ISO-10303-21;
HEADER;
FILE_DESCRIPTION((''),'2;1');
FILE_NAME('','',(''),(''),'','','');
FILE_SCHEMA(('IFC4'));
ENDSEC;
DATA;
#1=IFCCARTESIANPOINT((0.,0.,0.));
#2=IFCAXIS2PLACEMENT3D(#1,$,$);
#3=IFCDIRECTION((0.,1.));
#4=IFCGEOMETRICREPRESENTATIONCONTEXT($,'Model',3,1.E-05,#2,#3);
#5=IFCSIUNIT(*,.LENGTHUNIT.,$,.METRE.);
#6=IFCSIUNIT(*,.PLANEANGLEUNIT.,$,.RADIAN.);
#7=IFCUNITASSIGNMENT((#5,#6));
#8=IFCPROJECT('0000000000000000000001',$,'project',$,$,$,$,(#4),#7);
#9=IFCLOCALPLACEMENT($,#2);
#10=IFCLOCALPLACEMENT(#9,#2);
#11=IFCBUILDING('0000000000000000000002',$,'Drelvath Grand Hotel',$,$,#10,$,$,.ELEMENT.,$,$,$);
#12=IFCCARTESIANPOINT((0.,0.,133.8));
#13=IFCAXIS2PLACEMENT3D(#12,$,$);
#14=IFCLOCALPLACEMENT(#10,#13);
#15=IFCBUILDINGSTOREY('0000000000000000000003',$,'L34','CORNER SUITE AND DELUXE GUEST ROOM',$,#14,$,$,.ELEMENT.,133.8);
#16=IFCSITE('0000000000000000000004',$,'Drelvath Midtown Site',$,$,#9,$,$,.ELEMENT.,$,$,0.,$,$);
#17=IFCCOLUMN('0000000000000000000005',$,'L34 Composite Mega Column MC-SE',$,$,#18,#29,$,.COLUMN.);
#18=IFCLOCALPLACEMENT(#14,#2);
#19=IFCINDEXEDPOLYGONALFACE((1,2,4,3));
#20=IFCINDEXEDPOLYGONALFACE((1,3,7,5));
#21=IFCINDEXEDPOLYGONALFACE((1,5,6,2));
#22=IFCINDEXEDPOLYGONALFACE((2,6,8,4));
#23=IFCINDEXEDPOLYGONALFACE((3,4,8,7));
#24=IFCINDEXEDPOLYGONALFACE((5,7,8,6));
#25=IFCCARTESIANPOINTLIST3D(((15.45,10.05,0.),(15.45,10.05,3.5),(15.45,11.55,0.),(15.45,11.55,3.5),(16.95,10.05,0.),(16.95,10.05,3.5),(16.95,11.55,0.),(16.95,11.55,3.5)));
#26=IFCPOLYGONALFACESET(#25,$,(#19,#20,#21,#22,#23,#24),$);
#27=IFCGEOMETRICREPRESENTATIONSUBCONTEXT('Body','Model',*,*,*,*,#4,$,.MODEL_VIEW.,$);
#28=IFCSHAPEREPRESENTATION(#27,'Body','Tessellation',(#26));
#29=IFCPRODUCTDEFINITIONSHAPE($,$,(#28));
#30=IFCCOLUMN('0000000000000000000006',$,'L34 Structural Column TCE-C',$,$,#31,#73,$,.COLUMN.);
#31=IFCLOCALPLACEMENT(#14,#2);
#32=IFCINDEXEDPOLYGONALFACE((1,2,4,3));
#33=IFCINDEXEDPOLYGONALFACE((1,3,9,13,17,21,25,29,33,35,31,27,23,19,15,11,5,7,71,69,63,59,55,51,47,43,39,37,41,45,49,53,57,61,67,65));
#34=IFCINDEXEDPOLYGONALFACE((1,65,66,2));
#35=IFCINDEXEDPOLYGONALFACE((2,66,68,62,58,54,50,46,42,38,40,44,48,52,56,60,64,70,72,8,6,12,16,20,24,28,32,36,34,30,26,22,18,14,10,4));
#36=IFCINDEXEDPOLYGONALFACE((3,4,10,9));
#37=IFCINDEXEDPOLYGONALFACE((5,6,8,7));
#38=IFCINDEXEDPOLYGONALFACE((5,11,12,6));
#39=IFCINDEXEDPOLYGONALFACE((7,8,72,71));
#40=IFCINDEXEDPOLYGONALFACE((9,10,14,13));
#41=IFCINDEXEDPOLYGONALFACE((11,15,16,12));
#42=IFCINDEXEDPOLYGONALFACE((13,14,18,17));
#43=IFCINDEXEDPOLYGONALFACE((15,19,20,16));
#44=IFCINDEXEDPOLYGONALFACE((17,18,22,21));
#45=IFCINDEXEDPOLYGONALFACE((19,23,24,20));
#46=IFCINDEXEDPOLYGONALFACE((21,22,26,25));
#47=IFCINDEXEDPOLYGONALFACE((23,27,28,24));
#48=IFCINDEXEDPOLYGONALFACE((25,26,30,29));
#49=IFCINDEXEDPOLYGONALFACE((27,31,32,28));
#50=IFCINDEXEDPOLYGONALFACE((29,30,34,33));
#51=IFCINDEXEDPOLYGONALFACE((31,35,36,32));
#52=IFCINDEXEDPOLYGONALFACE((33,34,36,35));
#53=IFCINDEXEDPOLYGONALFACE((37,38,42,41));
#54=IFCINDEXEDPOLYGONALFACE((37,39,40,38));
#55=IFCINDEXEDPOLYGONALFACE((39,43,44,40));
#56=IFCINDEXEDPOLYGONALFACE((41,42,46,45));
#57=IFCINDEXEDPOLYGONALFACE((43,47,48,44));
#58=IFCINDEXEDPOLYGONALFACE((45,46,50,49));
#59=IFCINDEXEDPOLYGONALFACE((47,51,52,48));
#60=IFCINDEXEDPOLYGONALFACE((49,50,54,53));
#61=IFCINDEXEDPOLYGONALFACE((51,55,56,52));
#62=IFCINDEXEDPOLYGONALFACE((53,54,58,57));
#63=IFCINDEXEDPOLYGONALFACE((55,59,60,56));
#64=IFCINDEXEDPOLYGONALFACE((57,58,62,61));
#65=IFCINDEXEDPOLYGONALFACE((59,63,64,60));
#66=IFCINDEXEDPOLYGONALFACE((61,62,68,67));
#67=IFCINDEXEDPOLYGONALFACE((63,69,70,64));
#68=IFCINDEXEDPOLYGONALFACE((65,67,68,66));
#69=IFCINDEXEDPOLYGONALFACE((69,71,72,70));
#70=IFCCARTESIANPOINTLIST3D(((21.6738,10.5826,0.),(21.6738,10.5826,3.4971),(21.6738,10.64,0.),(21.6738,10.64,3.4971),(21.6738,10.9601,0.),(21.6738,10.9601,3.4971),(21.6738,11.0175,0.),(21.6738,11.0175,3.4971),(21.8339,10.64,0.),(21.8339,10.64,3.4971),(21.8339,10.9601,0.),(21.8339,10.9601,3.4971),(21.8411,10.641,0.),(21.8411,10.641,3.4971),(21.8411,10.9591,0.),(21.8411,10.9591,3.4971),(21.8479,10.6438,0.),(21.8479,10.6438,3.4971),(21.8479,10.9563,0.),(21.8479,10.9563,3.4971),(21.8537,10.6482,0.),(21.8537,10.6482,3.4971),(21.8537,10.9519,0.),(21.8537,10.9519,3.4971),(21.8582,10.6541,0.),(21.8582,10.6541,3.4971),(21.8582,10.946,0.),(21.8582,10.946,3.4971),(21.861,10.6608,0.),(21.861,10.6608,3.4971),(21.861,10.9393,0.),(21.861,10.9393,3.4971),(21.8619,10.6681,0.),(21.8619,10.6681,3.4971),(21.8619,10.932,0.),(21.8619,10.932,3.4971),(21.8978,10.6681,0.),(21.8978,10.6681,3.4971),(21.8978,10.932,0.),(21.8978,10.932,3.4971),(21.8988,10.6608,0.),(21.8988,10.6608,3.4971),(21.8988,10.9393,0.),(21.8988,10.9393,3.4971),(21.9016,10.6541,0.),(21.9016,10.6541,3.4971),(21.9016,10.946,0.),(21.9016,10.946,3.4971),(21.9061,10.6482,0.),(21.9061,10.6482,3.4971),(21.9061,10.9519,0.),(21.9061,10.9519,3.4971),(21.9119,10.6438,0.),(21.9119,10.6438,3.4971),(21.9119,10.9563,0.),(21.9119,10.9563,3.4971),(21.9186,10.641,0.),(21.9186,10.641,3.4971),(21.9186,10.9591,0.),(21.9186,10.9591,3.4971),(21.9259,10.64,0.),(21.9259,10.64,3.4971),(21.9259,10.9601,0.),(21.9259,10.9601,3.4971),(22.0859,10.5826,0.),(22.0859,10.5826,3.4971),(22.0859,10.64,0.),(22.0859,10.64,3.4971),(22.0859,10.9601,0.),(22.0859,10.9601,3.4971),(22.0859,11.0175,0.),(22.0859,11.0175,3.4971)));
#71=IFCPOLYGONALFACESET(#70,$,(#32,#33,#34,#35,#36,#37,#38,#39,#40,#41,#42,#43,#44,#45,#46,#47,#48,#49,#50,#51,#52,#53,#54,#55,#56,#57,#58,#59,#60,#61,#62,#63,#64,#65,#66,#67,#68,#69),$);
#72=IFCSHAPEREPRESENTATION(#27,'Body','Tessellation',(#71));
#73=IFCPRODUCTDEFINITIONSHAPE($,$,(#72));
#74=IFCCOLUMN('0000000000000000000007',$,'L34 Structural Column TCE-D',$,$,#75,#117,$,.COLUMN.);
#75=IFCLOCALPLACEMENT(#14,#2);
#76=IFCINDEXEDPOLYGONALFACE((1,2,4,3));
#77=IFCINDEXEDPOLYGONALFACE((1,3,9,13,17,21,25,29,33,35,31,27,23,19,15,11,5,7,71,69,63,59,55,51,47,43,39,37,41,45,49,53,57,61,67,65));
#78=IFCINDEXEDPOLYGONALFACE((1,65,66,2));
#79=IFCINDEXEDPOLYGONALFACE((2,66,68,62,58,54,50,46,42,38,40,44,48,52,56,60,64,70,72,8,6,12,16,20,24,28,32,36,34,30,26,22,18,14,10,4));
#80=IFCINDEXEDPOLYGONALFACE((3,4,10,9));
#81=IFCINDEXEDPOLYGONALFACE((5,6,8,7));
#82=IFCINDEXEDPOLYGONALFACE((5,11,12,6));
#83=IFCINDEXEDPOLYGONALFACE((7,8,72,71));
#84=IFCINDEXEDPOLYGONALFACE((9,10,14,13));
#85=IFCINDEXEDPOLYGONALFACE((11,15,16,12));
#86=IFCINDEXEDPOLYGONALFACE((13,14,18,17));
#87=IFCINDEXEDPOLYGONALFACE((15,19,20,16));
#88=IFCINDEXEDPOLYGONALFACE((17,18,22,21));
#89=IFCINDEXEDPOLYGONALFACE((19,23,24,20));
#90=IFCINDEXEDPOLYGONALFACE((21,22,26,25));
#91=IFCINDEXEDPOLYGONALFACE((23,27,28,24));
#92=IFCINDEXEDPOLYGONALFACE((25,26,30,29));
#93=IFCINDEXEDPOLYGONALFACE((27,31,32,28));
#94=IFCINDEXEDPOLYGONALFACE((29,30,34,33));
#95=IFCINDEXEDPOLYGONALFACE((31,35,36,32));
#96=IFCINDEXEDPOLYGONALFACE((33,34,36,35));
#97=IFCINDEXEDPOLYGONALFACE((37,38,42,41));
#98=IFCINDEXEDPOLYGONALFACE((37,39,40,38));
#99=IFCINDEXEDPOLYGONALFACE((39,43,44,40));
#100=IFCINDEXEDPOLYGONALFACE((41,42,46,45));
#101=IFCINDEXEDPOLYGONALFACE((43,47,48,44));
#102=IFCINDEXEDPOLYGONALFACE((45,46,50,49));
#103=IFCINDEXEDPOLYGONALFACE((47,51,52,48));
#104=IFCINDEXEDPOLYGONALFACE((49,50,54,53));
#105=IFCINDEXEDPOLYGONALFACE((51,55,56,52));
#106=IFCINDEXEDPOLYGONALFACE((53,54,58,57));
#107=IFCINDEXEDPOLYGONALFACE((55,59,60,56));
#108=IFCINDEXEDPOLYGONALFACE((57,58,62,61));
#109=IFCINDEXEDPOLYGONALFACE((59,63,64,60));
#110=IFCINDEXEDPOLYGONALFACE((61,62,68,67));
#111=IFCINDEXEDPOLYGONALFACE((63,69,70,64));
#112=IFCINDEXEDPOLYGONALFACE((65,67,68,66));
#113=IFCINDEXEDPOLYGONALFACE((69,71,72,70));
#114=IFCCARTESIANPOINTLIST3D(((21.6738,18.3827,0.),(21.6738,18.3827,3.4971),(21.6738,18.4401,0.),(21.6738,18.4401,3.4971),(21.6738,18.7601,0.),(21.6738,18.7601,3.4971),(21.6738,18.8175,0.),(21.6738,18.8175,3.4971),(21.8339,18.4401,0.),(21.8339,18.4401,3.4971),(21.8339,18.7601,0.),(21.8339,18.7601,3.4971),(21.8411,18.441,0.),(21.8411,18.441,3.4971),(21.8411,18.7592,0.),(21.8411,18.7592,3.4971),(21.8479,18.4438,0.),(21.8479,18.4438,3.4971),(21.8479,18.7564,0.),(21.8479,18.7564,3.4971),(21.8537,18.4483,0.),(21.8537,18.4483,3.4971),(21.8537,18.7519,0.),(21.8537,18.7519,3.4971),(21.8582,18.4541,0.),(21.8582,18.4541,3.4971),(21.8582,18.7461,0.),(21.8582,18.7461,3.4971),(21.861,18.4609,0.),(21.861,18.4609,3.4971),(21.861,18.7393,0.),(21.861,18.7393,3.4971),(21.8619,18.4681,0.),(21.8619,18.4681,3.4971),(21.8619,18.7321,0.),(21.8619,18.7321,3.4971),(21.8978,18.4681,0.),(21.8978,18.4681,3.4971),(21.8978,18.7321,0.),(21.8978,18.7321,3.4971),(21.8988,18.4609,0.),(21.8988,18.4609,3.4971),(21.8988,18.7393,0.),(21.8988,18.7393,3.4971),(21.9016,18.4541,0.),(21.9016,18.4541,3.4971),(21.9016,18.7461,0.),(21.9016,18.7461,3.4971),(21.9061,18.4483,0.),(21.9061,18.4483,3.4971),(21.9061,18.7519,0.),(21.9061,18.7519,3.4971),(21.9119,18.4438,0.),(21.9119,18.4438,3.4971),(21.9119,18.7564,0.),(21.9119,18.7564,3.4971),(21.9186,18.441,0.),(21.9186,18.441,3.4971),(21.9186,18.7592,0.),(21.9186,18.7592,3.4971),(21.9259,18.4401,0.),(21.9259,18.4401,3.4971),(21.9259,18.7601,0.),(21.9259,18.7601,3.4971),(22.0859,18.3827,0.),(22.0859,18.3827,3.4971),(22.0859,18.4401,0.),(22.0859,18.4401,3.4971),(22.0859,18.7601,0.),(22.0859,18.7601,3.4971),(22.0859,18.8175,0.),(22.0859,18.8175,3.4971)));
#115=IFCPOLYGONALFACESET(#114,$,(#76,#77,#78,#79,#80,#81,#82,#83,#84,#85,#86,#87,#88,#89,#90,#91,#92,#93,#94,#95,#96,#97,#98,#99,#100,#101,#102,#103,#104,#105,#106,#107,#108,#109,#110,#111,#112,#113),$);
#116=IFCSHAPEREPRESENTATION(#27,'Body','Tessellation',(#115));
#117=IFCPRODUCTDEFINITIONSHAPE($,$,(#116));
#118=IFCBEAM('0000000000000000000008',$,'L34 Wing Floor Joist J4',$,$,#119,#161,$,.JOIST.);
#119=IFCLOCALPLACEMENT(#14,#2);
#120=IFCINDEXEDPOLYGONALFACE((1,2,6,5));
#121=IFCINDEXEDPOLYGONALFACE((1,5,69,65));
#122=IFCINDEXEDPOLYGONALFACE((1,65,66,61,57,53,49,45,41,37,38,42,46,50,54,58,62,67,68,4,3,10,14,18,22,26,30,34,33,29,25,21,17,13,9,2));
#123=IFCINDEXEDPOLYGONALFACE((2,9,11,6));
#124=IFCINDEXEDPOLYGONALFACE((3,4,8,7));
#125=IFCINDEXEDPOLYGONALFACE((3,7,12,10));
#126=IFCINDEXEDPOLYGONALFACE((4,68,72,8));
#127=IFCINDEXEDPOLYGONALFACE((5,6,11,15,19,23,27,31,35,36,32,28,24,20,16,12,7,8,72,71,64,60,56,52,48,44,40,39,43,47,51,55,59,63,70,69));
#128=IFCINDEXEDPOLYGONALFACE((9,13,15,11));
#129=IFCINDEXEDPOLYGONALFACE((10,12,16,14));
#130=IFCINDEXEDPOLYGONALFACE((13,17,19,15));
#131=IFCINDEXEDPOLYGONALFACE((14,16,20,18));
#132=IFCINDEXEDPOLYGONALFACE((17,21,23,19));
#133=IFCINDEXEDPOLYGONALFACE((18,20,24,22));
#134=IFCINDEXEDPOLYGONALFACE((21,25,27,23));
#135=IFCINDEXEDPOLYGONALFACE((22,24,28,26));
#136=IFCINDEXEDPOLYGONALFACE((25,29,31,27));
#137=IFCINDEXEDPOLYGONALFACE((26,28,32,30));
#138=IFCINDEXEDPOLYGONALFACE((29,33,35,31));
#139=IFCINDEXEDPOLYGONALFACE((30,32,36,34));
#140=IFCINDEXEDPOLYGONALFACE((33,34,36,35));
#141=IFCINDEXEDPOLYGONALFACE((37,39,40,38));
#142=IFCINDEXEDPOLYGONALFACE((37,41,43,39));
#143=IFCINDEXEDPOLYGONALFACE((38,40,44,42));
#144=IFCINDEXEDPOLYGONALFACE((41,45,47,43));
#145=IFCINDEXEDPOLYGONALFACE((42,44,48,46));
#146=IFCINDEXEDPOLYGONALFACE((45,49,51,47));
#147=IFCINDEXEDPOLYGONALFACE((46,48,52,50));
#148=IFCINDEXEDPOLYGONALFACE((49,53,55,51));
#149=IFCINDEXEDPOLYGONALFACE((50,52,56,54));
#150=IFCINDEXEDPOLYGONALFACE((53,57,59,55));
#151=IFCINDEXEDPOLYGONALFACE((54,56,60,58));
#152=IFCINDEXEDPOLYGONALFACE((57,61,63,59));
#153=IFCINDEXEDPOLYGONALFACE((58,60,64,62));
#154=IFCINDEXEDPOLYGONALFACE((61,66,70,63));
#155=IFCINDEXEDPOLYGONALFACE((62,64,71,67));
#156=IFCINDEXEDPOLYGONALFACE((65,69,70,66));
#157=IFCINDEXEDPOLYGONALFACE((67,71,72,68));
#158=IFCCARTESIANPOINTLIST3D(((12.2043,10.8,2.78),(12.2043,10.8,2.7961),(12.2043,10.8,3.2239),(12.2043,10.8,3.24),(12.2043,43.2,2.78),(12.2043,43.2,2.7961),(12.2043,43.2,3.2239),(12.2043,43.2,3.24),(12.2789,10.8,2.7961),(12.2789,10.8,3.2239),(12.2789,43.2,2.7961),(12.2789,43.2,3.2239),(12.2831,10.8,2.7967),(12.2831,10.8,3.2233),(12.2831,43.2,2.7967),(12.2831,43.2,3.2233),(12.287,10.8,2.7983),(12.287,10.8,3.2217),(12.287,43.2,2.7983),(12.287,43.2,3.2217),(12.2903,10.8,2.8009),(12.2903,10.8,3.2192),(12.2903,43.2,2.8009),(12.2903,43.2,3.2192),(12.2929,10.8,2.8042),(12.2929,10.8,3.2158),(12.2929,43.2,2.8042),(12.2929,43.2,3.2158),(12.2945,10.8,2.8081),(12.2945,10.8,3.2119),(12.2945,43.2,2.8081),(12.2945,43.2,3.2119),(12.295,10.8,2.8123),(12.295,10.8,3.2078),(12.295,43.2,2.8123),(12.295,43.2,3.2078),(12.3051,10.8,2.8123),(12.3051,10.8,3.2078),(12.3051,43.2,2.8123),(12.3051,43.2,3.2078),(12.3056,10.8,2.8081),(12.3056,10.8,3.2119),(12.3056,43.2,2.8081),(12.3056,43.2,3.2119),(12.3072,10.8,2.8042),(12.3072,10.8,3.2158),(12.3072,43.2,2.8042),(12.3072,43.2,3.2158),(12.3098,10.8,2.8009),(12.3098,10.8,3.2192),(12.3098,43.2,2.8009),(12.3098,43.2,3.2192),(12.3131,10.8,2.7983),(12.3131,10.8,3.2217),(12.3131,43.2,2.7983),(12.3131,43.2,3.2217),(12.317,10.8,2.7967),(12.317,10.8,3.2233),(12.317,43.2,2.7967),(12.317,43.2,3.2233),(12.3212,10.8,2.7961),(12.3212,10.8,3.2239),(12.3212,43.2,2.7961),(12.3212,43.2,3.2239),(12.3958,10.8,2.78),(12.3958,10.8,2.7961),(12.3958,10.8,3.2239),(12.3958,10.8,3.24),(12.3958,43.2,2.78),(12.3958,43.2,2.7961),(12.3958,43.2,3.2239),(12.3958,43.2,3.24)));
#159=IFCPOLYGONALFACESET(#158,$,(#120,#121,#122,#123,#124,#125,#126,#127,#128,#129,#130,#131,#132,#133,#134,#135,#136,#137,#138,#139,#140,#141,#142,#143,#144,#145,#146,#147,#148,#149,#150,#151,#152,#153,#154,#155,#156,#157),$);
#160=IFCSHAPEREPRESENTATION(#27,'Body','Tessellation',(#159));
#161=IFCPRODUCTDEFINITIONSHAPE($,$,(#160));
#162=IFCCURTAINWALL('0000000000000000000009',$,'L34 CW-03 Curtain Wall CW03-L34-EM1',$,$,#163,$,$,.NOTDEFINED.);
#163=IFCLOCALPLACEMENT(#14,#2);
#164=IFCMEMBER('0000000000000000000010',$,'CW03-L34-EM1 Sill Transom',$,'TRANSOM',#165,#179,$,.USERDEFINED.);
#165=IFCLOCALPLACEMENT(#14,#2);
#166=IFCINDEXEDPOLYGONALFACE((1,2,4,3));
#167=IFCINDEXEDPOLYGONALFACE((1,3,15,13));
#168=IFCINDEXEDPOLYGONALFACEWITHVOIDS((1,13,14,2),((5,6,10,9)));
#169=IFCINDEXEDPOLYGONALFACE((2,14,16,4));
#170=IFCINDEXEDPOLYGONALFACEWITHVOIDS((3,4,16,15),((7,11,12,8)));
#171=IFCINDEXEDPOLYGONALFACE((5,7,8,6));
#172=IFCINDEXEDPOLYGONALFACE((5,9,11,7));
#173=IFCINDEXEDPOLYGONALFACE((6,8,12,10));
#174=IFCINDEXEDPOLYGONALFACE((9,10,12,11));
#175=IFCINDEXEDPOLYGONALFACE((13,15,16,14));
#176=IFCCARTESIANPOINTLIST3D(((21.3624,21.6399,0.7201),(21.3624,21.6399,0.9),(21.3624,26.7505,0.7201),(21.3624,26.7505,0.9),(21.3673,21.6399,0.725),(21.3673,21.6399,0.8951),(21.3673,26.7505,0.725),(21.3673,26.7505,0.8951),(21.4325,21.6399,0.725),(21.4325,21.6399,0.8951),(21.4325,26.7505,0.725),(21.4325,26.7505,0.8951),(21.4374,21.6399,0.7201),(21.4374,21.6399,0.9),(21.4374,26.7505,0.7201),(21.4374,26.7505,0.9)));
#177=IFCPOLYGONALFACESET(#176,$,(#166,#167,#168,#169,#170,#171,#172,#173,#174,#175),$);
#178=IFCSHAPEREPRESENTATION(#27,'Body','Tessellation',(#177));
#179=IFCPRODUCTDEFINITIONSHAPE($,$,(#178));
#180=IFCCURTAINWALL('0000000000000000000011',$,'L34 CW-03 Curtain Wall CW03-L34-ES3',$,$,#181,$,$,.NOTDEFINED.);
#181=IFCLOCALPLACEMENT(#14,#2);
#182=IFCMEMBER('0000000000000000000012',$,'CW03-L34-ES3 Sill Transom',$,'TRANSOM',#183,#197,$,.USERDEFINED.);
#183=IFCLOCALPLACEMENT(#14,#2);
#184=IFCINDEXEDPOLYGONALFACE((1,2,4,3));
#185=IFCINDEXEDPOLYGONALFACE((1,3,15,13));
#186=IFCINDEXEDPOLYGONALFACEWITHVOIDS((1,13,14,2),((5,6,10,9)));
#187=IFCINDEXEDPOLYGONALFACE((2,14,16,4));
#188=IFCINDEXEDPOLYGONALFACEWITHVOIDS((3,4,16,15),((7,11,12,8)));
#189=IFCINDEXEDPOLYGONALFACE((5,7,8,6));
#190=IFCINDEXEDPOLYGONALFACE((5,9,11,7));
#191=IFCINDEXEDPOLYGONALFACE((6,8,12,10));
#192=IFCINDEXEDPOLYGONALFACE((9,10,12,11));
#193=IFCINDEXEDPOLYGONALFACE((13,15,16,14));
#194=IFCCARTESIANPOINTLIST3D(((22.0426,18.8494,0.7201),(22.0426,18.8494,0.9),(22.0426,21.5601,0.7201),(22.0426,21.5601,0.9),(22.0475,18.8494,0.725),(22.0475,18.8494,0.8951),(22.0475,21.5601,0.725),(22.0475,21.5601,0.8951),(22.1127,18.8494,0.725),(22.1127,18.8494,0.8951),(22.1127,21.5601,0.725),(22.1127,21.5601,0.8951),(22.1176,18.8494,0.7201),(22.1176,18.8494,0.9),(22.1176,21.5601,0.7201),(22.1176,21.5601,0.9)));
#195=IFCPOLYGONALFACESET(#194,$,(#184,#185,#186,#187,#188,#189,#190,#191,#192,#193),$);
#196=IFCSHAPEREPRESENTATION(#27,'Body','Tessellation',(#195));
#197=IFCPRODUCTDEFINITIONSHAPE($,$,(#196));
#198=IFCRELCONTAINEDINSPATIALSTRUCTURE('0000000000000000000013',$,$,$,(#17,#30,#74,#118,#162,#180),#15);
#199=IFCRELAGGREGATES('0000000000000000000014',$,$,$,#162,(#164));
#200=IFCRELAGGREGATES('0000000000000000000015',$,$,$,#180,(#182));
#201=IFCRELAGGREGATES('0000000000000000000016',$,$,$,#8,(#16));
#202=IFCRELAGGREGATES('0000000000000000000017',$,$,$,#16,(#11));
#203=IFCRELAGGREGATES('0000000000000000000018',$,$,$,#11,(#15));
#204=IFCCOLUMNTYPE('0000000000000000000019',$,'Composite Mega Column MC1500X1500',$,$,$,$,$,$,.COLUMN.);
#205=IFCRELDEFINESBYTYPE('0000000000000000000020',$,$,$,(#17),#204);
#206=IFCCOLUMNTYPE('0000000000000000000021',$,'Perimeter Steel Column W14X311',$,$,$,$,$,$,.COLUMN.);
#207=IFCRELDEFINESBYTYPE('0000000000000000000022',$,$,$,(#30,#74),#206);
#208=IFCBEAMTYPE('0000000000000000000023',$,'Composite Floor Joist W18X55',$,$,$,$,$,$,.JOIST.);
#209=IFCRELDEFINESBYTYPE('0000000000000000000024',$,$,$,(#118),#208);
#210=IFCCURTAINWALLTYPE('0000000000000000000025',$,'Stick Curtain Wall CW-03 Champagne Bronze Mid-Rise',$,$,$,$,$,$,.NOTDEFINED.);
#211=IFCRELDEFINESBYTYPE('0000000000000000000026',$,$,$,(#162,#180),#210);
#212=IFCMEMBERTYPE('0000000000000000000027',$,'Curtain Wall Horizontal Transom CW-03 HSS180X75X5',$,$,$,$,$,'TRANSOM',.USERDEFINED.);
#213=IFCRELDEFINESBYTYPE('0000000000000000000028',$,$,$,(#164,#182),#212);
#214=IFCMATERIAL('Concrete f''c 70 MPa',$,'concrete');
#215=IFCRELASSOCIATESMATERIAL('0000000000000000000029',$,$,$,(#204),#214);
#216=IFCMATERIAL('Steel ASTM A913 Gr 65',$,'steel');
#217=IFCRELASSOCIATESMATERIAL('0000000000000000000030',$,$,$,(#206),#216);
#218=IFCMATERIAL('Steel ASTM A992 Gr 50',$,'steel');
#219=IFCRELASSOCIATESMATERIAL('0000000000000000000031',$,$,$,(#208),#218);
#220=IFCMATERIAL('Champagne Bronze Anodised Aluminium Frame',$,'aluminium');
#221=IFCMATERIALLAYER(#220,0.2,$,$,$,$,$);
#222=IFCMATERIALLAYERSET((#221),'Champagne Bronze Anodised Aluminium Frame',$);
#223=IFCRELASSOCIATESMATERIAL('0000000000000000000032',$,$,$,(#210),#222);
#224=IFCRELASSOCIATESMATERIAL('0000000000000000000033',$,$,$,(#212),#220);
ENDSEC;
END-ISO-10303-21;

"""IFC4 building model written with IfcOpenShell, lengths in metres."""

from ifc_helpers import new_model, si_unit, direction, frame, origin, origin_2d, place, context, subcontext, project, spatial, rectangle, hollow_rectangle, i_section, extrude, material, layer, layer_set, material_profile, profile_set, type_object, element, aggregate, save


model = new_model("IFC4")

# Units and contexts
model_context = context("Model", 3, precision=1e-05, world=origin(), true_north=direction((0.0, 1.0)))
body_context = subcontext(model_context, "Body", "Model", "MODEL_VIEW")
ifc_project = project(units=[si_unit("LENGTHUNIT", "METRE"), si_unit("PLANEANGLEUNIT", "RADIAN")], contexts=[model_context])

# Site, building, storey
site_placement = place(None, origin())
site = spatial("IfcSite", under=ifc_project, at=site_placement, Name="Drelvath Midtown Site", CompositionType="ELEMENT", RefElevation=0.0)
building_placement = place(site_placement, origin())
building = spatial("IfcBuilding", under=site, at=building_placement, Name="Drelvath Grand Hotel", CompositionType="ELEMENT")
storey_placement = place(building_placement, frame((0.0, 0.0, 133.8)))
storey = spatial("IfcBuildingStorey", under=building, at=storey_placement, Name="L34", Description="CORNER SUITE AND DELUXE GUEST ROOM", CompositionType="ELEMENT", Elevation=133.8)

# Columns
ifc_material_1 = material(Name="Concrete f'c 70 MPa", Category="concrete")
ifc_material_profile_1 = material_profile(ifc_material_1, rectangle(XDim=1.5, YDim=1.5, at=origin_2d()), Name="MC1500X1500")
ifc_profile_set_1 = profile_set([ifc_material_profile_1], Name="Concrete f'c 70 MPa")
column_type_1 = type_object("IfcColumnType", Name="Composite Mega Column MC1500X1500", PredefinedType="COLUMN", material=ifc_profile_set_1)
column_placement = place(storey_placement, frame((16.2, 10.8, 0.0), z_axis=(0.0, 0.0, 1.0), x_axis=(1.0, 0.0, 0.0)))
element("IfcColumn", 1, at=column_placement, inside=storey, type_object=column_type_1, Name="L34 Composite Mega Column MC-SE", PredefinedType="COLUMN", context=body_context, shape_type="SweptSolid", body=[
    extrude(rectangle(XDim=1.5, YDim=1.5, at=origin_2d()), origin(), (0.0, 0.0, 1.0), 3.5),
])
ifc_material_2 = material(Name="Steel ASTM A913 Gr 65", Category="steel")
ifc_material_profile_2 = material_profile(ifc_material_2, i_section(OverallWidth=0.4121, OverallDepth=0.4348, WebThickness=0.0359, FlangeThickness=0.0574, FilletRadius=0.0281, at=origin_2d()), Name="W14X311")
ifc_profile_set_2 = profile_set([ifc_material_profile_2], Name="Steel ASTM A913 Gr 65")
column_type_2 = type_object("IfcColumnType", Name="Perimeter Steel Column W14X311", PredefinedType="COLUMN", material=ifc_profile_set_2)
for number, where, z_axis, x_axis, name in (
    (2, (21.8799, 10.8, 0.0), (0.0, 0.0, 1.0), (1.0, 0.0, 0.0), "L34 Structural Column TCE-C"),
    (3, (21.8799, 18.6001, 0.0), (0.0, 0.0, 1.0), (1.0, 0.0, 0.0), "L34 Structural Column TCE-D"),
):
    element("IfcColumn", number, at=place(storey_placement, frame(where, z_axis=z_axis, x_axis=x_axis)), inside=storey, type_object=column_type_2, Name=name, PredefinedType="COLUMN", context=body_context, shape_type="SweptSolid", body=[
        extrude(i_section(OverallWidth=0.4121, OverallDepth=0.4348, WebThickness=0.0359, FlangeThickness=0.0574, FilletRadius=0.0281, at=origin_2d()), origin(), (0.0, 0.0, 1.0), 3.4971),
    ])

# Beam
ifc_material_3 = material(Name="Steel ASTM A992 Gr 50", Category="steel")
ifc_material_profile_3 = material_profile(ifc_material_3, i_section(OverallWidth=0.1914, OverallDepth=0.46, WebThickness=0.01, FlangeThickness=0.0161, FilletRadius=0.0161, at=origin_2d()), Name="W18X55")
ifc_profile_set_3 = profile_set([ifc_material_profile_3], Name="Steel ASTM A992 Gr 50")
beam_type_1 = type_object("IfcBeamType", Name="Composite Floor Joist W18X55", PredefinedType="JOIST", material=ifc_profile_set_3)
beam_1_placement = place(storey_placement, frame((12.3, 10.8, 3.01), z_axis=(0.0, 1.0, 0.0), x_axis=(-1.0, 0.0, 0.0)))
element("IfcBeam", 4, at=beam_1_placement, inside=storey, type_object=beam_type_1, Name="L34 Wing Floor Joist J4", PredefinedType="JOIST", context=body_context, shape_type="SweptSolid", body=[
    extrude(i_section(OverallWidth=0.1914, OverallDepth=0.46, WebThickness=0.01, FlangeThickness=0.0161, FilletRadius=0.0161, at=origin_2d()), origin(), (0.0, 0.0, 1.0), 32.3999),
])

# Curtain walls, members
ifc_material_4 = material(Name="Champagne Bronze Anodised Aluminium Frame", Category="aluminium")
ifc_layer_1 = layer(ifc_material_4, 0.2)
ifc_layer_set_1 = layer_set([ifc_layer_1], Name="Champagne Bronze Anodised Aluminium Frame")
curtain_wall_type = type_object("IfcCurtainWallType", Name="Stick Curtain Wall CW-03 Champagne Bronze Mid-Rise", PredefinedType="NOTDEFINED", material=ifc_layer_set_1)
curtain_wall_1_placement = place(storey_placement, origin())
curtain_wall_1 = element("IfcCurtainWall", 5, at=curtain_wall_1_placement, inside=storey, type_object=curtain_wall_type, Name="L34 CW-03 Curtain Wall CW03-L34-EM1", PredefinedType="NOTDEFINED")
ifc_material_profile_4 = material_profile(ifc_material_4, hollow_rectangle(XDim=0.075, YDim=0.1799, WallThickness=0.0049, at=origin_2d()), Name="HSS180X75X5")
ifc_profile_set_4 = profile_set([ifc_material_profile_4], Name="Champagne Bronze Anodised Aluminium Frame")
member_type_1 = type_object("IfcMemberType", Name="Curtain Wall Horizontal Transom CW-03 HSS180X75X5", ElementType="TRANSOM", PredefinedType="USERDEFINED", material=ifc_profile_set_4)
member_1_placement = place(storey_placement, frame((21.3999, 26.7505, 0.8101), z_axis=(0.0, -1.0, 0.0), x_axis=(1.0, 0.0, 0.0)))
member_1 = element("IfcMember", 6, at=member_1_placement, type_object=member_type_1, Name="CW03-L34-EM1 Sill Transom", ObjectType="TRANSOM", PredefinedType="USERDEFINED", context=body_context, shape_type="SweptSolid", body=[
    extrude(hollow_rectangle(XDim=0.075, YDim=0.1799, WallThickness=0.0049, at=origin_2d()), origin(), (0.0, 0.0, 1.0), 5.1106),
])
curtain_wall_2_placement = place(storey_placement, origin())
curtain_wall_2 = element("IfcCurtainWall", 7, at=curtain_wall_2_placement, inside=storey, type_object=curtain_wall_type, Name="L34 CW-03 Curtain Wall CW03-L34-ES3", PredefinedType="NOTDEFINED")
member_2_placement = place(storey_placement, frame((22.0801, 21.5601, 0.8101), z_axis=(0.0, -1.0, 0.0), x_axis=(1.0, 0.0, 0.0)))
member_2 = element("IfcMember", 8, at=member_2_placement, type_object=member_type_1, Name="CW03-L34-ES3 Sill Transom", ObjectType="TRANSOM", PredefinedType="USERDEFINED", context=body_context, shape_type="SweptSolid", body=[
    extrude(hollow_rectangle(XDim=0.075, YDim=0.1799, WallThickness=0.0049, at=origin_2d()), origin(), (0.0, 0.0, 1.0), 2.7107),
])

aggregate(curtain_wall_1, [member_1])
aggregate(curtain_wall_2, [member_2])

save(model, "model.ifc")
